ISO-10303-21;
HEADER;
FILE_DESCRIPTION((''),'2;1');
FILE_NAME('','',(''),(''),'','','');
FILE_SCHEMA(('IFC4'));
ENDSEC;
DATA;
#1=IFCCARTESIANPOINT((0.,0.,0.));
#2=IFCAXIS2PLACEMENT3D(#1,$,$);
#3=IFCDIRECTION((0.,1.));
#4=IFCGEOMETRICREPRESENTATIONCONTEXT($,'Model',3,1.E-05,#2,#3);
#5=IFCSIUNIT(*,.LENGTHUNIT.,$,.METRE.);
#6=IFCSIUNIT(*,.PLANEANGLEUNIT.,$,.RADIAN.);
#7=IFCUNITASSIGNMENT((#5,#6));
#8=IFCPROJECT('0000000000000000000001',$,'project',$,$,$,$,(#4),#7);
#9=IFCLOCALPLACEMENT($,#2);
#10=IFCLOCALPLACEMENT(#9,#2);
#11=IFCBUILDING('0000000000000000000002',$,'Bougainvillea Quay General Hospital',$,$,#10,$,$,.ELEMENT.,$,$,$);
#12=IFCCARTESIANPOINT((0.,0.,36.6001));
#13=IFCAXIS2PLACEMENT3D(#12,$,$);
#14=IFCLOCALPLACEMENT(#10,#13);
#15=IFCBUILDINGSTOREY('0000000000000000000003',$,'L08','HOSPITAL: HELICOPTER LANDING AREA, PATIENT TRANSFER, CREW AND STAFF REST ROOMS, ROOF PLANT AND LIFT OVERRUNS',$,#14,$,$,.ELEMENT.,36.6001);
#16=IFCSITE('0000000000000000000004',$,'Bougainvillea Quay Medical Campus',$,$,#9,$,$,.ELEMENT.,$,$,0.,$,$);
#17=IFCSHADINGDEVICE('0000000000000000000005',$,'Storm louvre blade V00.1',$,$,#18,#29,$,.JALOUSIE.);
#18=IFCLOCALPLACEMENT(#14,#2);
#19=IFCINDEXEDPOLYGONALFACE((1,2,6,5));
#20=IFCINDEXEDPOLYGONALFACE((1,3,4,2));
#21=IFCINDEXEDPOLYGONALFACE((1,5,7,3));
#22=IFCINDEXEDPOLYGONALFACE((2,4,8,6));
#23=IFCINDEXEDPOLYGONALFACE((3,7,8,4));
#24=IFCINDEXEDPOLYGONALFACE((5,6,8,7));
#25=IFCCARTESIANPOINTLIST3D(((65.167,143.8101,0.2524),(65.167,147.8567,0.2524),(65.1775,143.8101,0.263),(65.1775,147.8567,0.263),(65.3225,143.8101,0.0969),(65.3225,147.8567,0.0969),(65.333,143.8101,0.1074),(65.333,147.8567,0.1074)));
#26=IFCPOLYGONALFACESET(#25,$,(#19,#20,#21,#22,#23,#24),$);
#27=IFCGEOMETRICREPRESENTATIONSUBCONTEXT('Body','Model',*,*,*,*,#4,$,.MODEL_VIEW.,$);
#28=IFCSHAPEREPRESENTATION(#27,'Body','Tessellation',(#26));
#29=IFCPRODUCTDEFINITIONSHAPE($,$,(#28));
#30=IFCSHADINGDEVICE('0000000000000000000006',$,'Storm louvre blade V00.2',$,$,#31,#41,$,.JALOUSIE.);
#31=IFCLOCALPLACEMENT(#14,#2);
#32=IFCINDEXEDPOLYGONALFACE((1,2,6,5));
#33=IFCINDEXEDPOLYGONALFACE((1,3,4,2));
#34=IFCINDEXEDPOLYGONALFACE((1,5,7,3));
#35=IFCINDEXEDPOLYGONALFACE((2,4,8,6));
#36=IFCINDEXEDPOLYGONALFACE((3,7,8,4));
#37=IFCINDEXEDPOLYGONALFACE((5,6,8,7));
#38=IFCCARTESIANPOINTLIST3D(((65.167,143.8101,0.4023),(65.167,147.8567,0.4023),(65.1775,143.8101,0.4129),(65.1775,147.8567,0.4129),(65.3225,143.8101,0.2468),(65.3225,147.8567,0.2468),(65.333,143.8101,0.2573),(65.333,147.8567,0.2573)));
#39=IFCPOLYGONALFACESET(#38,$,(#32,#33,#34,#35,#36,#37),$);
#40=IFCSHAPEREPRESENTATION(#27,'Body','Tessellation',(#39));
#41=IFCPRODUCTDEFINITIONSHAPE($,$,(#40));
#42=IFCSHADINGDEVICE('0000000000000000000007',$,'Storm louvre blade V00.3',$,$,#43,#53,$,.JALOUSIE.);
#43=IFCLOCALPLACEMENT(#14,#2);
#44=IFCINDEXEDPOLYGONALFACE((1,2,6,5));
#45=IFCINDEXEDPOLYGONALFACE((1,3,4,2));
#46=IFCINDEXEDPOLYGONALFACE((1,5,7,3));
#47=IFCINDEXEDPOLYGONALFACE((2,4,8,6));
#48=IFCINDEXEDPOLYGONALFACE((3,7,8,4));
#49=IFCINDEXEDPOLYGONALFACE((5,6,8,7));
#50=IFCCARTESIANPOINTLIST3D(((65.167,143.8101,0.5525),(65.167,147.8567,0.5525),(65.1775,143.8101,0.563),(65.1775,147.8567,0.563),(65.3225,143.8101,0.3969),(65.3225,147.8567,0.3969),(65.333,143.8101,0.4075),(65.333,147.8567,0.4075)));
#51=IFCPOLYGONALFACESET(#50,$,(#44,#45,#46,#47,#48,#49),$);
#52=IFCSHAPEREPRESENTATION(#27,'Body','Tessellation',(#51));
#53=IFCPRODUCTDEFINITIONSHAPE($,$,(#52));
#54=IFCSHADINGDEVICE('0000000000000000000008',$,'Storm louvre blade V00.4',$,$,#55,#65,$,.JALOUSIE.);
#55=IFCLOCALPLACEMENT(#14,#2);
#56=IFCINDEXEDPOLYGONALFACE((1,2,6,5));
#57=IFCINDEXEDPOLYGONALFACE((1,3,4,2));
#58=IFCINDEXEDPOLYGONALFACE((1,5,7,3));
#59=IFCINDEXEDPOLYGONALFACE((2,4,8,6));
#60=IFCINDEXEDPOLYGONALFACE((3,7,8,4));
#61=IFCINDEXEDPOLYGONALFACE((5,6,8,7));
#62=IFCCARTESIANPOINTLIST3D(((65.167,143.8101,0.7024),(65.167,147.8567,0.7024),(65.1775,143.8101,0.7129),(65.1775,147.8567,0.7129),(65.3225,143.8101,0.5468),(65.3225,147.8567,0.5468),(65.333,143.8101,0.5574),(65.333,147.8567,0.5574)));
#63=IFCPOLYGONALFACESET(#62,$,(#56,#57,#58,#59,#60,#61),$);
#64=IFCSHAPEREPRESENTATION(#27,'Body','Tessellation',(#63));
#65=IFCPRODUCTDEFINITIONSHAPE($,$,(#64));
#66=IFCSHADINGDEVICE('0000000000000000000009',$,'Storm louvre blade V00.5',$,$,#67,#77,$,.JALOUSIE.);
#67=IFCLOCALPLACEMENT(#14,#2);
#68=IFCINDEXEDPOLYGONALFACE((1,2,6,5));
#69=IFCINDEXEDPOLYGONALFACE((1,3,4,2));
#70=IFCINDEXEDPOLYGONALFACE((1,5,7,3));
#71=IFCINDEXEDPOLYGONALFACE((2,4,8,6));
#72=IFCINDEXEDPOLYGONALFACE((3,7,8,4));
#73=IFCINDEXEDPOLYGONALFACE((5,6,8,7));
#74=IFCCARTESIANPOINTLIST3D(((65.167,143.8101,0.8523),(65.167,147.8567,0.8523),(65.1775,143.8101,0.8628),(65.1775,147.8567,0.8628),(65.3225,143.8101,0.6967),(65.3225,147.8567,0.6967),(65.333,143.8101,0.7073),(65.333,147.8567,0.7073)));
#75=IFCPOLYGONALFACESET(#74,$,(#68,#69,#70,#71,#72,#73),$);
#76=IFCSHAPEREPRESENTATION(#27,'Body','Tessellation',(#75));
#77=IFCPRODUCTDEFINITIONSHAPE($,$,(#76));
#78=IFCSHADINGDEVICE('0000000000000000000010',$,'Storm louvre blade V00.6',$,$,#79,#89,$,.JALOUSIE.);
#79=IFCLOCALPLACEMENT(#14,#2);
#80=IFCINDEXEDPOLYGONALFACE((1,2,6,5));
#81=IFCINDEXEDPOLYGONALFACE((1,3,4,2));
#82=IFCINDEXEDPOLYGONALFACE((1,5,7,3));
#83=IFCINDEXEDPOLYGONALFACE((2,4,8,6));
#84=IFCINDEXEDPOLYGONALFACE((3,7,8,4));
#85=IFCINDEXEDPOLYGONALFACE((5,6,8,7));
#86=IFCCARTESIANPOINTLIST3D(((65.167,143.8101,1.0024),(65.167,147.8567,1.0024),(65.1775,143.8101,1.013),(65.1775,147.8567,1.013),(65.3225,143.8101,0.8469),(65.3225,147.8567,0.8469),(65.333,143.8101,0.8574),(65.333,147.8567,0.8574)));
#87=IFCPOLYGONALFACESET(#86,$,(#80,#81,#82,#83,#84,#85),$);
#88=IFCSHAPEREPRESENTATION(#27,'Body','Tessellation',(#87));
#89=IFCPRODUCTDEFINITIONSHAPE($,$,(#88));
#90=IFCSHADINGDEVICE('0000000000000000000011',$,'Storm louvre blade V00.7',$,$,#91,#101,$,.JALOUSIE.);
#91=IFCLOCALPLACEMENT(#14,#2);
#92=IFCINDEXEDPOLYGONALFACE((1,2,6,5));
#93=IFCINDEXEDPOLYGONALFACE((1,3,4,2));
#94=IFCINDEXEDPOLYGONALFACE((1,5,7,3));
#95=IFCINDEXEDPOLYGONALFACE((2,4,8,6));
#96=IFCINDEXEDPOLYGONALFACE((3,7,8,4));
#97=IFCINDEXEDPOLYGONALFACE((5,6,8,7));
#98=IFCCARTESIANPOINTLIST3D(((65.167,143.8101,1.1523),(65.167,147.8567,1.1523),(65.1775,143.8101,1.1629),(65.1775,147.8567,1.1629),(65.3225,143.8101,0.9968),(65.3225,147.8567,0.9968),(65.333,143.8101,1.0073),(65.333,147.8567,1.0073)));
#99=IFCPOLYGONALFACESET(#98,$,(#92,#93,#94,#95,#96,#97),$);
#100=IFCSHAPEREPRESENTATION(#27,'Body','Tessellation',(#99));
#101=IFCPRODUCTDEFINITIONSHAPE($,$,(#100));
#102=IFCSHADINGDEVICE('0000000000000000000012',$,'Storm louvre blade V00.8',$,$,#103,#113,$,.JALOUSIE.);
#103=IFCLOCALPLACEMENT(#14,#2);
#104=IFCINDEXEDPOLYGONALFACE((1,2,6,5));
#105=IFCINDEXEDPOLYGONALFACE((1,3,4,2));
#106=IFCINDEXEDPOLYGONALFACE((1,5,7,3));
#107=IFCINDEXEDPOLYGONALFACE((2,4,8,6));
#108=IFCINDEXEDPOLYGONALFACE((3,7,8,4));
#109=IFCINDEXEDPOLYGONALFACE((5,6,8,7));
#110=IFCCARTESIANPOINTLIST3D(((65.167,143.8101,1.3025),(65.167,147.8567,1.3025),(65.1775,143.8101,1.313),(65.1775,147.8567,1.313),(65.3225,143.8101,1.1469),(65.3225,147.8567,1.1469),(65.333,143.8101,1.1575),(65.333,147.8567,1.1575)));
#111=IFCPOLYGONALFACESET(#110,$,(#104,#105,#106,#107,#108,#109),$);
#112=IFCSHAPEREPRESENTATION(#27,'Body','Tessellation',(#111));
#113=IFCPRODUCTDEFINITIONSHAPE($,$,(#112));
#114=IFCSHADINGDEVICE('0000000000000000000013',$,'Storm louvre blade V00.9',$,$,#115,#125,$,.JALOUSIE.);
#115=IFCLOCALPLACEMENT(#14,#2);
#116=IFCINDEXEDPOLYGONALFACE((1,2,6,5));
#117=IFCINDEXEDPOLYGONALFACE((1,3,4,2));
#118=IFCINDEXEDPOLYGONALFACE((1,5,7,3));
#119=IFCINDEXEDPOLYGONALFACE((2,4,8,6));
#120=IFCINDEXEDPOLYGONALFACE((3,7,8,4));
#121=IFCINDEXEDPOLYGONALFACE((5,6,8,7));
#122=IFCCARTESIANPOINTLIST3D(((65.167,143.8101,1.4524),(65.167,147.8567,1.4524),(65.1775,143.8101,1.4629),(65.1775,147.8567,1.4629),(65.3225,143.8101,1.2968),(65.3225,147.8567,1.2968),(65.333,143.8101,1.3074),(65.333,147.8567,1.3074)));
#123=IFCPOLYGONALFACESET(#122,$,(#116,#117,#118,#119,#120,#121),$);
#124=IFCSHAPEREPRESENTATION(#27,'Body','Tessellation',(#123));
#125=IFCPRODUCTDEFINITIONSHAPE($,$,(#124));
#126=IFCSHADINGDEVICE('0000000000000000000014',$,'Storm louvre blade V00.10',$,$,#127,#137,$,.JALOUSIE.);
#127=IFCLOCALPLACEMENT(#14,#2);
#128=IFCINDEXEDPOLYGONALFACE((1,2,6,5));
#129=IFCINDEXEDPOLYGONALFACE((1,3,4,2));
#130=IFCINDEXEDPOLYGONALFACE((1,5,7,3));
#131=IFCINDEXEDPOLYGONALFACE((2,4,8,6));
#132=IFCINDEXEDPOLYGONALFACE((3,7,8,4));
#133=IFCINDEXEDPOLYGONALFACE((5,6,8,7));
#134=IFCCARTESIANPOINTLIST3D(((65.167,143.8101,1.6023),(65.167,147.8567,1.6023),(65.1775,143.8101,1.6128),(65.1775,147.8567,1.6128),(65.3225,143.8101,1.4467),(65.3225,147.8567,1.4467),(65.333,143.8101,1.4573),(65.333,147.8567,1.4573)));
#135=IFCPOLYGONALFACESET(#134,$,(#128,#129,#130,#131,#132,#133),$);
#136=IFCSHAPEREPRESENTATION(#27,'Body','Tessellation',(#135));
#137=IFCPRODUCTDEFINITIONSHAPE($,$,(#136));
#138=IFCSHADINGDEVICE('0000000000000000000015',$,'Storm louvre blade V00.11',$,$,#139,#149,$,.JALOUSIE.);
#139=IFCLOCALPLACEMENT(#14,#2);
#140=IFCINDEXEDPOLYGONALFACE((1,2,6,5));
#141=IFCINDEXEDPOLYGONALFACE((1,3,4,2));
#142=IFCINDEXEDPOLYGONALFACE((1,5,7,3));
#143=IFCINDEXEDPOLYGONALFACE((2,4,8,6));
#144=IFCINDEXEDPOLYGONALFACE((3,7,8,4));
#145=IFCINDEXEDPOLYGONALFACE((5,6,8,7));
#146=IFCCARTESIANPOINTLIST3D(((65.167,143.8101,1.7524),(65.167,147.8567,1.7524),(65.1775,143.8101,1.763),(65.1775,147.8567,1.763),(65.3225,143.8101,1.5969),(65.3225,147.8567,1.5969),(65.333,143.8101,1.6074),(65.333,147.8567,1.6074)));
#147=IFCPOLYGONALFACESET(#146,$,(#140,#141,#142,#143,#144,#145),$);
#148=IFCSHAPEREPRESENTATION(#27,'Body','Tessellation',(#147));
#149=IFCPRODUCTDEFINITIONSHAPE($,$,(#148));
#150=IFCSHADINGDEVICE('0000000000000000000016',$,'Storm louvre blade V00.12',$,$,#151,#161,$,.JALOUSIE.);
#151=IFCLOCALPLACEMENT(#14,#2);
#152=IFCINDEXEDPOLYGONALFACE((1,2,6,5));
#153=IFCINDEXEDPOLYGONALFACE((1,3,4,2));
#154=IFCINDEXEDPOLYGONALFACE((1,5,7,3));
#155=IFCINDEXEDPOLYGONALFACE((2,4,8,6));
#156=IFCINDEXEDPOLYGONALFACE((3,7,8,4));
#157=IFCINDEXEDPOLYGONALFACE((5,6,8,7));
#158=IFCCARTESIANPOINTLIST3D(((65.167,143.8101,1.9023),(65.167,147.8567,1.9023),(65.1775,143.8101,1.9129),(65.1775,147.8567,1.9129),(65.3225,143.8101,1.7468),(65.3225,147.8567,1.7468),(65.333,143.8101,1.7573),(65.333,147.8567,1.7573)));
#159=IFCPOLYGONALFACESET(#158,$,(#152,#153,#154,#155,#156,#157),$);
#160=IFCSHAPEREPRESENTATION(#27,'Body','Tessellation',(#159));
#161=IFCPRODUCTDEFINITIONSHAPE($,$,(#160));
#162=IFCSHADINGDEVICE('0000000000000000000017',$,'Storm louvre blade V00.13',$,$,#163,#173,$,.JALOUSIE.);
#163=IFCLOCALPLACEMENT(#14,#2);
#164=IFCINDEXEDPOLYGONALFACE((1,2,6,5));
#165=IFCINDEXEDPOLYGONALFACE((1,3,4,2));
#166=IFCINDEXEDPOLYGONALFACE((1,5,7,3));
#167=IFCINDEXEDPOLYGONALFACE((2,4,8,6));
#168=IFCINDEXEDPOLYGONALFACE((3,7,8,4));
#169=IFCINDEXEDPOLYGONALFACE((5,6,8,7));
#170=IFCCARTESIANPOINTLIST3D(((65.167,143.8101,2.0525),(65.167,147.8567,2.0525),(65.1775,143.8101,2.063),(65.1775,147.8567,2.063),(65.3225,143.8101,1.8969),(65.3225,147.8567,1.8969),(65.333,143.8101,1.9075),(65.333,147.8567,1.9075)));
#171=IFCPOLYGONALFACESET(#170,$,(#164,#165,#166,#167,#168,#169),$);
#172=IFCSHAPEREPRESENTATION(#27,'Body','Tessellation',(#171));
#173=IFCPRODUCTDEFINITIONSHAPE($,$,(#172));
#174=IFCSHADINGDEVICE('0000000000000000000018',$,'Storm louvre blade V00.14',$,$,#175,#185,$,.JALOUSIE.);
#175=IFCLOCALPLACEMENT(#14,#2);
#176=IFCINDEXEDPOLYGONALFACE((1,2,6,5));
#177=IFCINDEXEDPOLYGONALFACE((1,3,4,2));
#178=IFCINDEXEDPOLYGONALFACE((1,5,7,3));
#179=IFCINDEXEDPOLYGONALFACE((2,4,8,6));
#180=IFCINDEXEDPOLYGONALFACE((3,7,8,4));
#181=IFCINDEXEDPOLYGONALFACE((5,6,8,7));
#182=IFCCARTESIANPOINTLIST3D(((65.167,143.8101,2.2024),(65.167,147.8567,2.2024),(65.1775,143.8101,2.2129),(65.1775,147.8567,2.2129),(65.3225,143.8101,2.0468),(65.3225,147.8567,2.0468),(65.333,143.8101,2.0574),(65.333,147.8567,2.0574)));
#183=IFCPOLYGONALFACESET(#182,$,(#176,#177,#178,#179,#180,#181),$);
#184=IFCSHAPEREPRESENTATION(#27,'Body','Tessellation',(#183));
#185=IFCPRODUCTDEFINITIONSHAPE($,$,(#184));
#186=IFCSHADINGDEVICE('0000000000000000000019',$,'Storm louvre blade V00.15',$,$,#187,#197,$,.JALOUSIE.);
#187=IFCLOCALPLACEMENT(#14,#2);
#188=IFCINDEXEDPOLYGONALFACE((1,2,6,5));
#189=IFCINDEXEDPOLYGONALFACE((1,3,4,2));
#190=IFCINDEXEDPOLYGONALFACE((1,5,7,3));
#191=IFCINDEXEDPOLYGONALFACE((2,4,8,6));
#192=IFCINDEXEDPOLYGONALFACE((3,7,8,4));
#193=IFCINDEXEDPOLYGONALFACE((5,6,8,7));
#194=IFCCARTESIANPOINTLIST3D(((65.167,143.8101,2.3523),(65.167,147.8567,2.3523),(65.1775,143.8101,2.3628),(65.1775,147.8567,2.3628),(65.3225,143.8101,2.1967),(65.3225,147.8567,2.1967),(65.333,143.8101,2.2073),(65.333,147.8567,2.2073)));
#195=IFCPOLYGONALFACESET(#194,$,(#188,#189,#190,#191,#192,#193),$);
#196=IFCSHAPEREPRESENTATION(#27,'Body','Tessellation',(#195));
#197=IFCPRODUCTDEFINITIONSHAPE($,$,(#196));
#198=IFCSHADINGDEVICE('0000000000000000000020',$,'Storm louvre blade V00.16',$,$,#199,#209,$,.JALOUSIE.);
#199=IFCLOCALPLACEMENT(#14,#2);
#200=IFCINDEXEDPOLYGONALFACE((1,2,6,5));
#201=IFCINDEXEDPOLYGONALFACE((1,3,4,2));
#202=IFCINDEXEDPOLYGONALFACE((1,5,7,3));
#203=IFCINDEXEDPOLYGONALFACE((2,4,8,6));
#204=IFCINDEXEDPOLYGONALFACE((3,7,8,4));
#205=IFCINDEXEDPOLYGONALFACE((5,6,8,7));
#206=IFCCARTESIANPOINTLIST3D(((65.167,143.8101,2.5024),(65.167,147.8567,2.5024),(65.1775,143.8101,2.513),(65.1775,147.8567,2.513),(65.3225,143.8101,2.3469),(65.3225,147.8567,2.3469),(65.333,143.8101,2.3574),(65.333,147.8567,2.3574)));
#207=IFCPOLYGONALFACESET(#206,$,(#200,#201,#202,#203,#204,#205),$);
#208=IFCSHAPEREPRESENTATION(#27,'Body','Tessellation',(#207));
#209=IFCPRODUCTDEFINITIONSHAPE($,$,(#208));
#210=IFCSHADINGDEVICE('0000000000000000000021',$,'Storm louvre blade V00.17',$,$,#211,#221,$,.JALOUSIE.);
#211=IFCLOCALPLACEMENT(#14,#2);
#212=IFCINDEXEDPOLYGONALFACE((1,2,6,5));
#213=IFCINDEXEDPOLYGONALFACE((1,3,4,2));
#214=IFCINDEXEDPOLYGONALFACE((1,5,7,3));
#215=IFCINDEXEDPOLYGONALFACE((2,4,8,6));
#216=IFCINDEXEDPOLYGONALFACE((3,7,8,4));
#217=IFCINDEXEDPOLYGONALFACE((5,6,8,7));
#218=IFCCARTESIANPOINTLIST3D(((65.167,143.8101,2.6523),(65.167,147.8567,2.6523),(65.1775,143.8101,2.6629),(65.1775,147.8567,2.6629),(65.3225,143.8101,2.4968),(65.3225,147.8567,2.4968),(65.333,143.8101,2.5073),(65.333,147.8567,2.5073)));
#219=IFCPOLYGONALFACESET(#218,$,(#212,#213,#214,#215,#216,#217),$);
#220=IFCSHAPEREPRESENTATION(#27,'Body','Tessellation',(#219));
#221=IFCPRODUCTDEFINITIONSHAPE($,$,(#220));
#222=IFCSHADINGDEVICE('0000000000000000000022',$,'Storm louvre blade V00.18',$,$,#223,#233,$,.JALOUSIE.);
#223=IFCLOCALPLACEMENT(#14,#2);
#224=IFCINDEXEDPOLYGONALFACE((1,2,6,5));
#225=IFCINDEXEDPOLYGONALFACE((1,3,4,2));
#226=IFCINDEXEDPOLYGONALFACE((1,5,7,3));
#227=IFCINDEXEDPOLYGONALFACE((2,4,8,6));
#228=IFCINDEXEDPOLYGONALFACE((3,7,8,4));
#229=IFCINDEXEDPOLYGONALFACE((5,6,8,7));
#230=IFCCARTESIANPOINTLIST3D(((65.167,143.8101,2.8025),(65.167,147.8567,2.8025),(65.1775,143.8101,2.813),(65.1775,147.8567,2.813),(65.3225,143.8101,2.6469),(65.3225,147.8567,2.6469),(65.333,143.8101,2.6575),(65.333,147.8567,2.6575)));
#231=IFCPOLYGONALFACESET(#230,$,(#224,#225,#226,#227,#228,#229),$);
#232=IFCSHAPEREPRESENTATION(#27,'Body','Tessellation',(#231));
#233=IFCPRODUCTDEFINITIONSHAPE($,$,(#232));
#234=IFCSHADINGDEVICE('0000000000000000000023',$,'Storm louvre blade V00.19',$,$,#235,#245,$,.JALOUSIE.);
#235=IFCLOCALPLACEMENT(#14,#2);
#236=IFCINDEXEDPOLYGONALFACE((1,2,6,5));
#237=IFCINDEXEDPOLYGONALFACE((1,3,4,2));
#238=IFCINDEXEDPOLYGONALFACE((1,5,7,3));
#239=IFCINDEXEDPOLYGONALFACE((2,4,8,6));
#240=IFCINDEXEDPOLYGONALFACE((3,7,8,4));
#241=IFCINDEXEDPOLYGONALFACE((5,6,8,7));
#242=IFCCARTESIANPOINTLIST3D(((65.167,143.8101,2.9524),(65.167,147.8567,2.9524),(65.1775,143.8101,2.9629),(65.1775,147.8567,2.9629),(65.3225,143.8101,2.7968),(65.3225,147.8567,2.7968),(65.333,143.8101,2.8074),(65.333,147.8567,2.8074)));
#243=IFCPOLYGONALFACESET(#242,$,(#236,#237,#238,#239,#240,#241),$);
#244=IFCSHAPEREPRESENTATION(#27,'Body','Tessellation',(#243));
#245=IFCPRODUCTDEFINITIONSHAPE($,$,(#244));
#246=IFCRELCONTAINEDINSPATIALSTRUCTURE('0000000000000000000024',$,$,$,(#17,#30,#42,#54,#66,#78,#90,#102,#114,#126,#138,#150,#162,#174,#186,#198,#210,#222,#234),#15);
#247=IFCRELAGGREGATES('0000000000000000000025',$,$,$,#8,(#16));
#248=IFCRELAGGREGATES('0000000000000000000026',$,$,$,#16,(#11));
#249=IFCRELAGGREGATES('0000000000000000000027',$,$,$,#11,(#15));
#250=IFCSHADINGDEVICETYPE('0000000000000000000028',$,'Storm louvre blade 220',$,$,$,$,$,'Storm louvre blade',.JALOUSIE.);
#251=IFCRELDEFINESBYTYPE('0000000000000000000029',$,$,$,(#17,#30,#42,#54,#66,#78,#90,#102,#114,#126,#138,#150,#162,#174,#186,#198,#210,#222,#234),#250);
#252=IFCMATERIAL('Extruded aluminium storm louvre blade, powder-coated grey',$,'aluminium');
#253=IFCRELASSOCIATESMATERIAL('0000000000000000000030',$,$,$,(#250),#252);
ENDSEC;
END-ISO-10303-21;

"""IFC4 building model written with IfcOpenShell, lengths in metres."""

from ifc_helpers import new_model, si_unit, direction, frame, origin, origin_2d, place, context, subcontext, project, spatial, rectangle, extrude, material, material_profile, profile_set, type_object, element, save


model = new_model("IFC4")

# Units and contexts
model_context = context("Model", 3, precision=1e-05, world=origin(), true_north=direction((0.0, 1.0)))
body_context = subcontext(model_context, "Body", "Model", "MODEL_VIEW")
ifc_project = project(units=[si_unit("LENGTHUNIT", "METRE"), si_unit("PLANEANGLEUNIT", "RADIAN")], contexts=[model_context])

# Site, building, storey
site_placement = place(None, origin())
site = spatial("IfcSite", under=ifc_project, at=site_placement, Name="Bougainvillea Quay Medical Campus", CompositionType="ELEMENT", RefElevation=0.0)
building_placement = place(site_placement, origin())
building = spatial("IfcBuilding", under=site, at=building_placement, Name="Bougainvillea Quay General Hospital", CompositionType="ELEMENT")
storey_placement = place(building_placement, frame((0.0, 0.0, 36.6001)))
storey = spatial("IfcBuildingStorey", under=building, at=storey_placement, Name="L08", Description="HOSPITAL: HELICOPTER LANDING AREA, PATIENT TRANSFER, CREW AND STAFF REST ROOMS, ROOF PLANT AND LIFT OVERRUNS", CompositionType="ELEMENT", Elevation=36.6001)

# Shading devices
ifc_material_1 = material(Name="Extruded aluminium storm louvre blade, powder-coated grey", Category="aluminium")
ifc_material_profile_1 = material_profile(ifc_material_1, rectangle(XDim=0.22, YDim=0.0149, at=origin_2d()))
ifc_profile_set_1 = profile_set([ifc_material_profile_1], Name="Extruded aluminium storm louvre blade, powder-coated grey")
shading_device_type_1 = type_object("IfcShadingDeviceType", Name="Storm louvre blade 220", ElementType="Storm louvre blade", PredefinedType="JALOUSIE", material=ifc_profile_set_1)
for number, where, z_axis, x_axis, name in (
    (1, (65.25, 143.8101, 0.1799), (0.0, 1.0, 0.0), (-0.707107, 0.0, 0.707107), "Storm louvre blade V00.1"),
    (2, (65.25, 143.8101, 0.3298), (0.0, 1.0, 0.0), (-0.707107, 0.0, 0.707107), "Storm louvre blade V00.2"),
    (3, (65.25, 143.8101, 0.48), (0.0, 1.0, 0.0), (-0.707107, 0.0, 0.707107), "Storm louvre blade V00.3"),
    (4, (65.25, 143.8101, 0.6299), (0.0, 1.0, 0.0), (-0.707107, 0.0, 0.707107), "Storm louvre blade V00.4"),
    (5, (65.25, 143.8101, 0.7798), (0.0, 1.0, 0.0), (-0.707107, 0.0, 0.707107), "Storm louvre blade V00.5"),
    (6, (65.25, 143.8101, 0.9299), (0.0, 1.0, 0.0), (-0.707107, 0.0, 0.707107), "Storm louvre blade V00.6"),
    (7, (65.25, 143.8101, 1.0798), (0.0, 1.0, 0.0), (-0.707107, 0.0, 0.707107), "Storm louvre blade V00.7"),
    (8, (65.25, 143.8101, 1.23), (0.0, 1.0, 0.0), (-0.707107, 0.0, 0.707107), "Storm louvre blade V00.8"),
    (9, (65.25, 143.8101, 1.3799), (0.0, 1.0, 0.0), (-0.707107, 0.0, 0.707107), "Storm louvre blade V00.9"),
    (10, (65.25, 143.8101, 1.5298), (0.0, 1.0, 0.0), (-0.707107, 0.0, 0.707107), "Storm louvre blade V00.10"),
    (11, (65.25, 143.8101, 1.6799), (0.0, 1.0, 0.0), (-0.707107, 0.0, 0.707107), "Storm louvre blade V00.11"),
    (12, (65.25, 143.8101, 1.8298), (0.0, 1.0, 0.0), (-0.707107, 0.0, 0.707107), "Storm louvre blade V00.12"),
    (13, (65.25, 143.8101, 1.98), (0.0, 1.0, 0.0), (-0.707107, 0.0, 0.707107), "Storm louvre blade V00.13"),
    (14, (65.25, 143.8101, 2.1299), (0.0, 1.0, 0.0), (-0.707107, 0.0, 0.707107), "Storm louvre blade V00.14"),
    (15, (65.25, 143.8101, 2.2798), (0.0, 1.0, 0.0), (-0.707107, 0.0, 0.707107), "Storm louvre blade V00.15"),
    (16, (65.25, 143.8101, 2.4299), (0.0, 1.0, 0.0), (-0.707107, 0.0, 0.707107), "Storm louvre blade V00.16"),
    (17, (65.25, 143.8101, 2.5798), (0.0, 1.0, 0.0), (-0.707107, 0.0, 0.707107), "Storm louvre blade V00.17"),
    (18, (65.25, 143.8101, 2.73), (0.0, 1.0, 0.0), (-0.707107, 0.0, 0.707107), "Storm louvre blade V00.18"),
    (19, (65.25, 143.8101, 2.8799), (0.0, 1.0, 0.0), (-0.707107, 0.0, 0.707107), "Storm louvre blade V00.19"),
):
    element("IfcShadingDevice", number, at=place(storey_placement, frame(where, z_axis=z_axis, x_axis=x_axis)), inside=storey, type_object=shading_device_type_1, Name=name, PredefinedType="JALOUSIE", context=body_context, shape_type="SweptSolid", body=[
        extrude(rectangle(XDim=0.22, YDim=0.0149, at=origin_2d()), origin(), (0.0, 0.0, 1.0), 4.0466),
    ])

save(model, "model.ifc")
